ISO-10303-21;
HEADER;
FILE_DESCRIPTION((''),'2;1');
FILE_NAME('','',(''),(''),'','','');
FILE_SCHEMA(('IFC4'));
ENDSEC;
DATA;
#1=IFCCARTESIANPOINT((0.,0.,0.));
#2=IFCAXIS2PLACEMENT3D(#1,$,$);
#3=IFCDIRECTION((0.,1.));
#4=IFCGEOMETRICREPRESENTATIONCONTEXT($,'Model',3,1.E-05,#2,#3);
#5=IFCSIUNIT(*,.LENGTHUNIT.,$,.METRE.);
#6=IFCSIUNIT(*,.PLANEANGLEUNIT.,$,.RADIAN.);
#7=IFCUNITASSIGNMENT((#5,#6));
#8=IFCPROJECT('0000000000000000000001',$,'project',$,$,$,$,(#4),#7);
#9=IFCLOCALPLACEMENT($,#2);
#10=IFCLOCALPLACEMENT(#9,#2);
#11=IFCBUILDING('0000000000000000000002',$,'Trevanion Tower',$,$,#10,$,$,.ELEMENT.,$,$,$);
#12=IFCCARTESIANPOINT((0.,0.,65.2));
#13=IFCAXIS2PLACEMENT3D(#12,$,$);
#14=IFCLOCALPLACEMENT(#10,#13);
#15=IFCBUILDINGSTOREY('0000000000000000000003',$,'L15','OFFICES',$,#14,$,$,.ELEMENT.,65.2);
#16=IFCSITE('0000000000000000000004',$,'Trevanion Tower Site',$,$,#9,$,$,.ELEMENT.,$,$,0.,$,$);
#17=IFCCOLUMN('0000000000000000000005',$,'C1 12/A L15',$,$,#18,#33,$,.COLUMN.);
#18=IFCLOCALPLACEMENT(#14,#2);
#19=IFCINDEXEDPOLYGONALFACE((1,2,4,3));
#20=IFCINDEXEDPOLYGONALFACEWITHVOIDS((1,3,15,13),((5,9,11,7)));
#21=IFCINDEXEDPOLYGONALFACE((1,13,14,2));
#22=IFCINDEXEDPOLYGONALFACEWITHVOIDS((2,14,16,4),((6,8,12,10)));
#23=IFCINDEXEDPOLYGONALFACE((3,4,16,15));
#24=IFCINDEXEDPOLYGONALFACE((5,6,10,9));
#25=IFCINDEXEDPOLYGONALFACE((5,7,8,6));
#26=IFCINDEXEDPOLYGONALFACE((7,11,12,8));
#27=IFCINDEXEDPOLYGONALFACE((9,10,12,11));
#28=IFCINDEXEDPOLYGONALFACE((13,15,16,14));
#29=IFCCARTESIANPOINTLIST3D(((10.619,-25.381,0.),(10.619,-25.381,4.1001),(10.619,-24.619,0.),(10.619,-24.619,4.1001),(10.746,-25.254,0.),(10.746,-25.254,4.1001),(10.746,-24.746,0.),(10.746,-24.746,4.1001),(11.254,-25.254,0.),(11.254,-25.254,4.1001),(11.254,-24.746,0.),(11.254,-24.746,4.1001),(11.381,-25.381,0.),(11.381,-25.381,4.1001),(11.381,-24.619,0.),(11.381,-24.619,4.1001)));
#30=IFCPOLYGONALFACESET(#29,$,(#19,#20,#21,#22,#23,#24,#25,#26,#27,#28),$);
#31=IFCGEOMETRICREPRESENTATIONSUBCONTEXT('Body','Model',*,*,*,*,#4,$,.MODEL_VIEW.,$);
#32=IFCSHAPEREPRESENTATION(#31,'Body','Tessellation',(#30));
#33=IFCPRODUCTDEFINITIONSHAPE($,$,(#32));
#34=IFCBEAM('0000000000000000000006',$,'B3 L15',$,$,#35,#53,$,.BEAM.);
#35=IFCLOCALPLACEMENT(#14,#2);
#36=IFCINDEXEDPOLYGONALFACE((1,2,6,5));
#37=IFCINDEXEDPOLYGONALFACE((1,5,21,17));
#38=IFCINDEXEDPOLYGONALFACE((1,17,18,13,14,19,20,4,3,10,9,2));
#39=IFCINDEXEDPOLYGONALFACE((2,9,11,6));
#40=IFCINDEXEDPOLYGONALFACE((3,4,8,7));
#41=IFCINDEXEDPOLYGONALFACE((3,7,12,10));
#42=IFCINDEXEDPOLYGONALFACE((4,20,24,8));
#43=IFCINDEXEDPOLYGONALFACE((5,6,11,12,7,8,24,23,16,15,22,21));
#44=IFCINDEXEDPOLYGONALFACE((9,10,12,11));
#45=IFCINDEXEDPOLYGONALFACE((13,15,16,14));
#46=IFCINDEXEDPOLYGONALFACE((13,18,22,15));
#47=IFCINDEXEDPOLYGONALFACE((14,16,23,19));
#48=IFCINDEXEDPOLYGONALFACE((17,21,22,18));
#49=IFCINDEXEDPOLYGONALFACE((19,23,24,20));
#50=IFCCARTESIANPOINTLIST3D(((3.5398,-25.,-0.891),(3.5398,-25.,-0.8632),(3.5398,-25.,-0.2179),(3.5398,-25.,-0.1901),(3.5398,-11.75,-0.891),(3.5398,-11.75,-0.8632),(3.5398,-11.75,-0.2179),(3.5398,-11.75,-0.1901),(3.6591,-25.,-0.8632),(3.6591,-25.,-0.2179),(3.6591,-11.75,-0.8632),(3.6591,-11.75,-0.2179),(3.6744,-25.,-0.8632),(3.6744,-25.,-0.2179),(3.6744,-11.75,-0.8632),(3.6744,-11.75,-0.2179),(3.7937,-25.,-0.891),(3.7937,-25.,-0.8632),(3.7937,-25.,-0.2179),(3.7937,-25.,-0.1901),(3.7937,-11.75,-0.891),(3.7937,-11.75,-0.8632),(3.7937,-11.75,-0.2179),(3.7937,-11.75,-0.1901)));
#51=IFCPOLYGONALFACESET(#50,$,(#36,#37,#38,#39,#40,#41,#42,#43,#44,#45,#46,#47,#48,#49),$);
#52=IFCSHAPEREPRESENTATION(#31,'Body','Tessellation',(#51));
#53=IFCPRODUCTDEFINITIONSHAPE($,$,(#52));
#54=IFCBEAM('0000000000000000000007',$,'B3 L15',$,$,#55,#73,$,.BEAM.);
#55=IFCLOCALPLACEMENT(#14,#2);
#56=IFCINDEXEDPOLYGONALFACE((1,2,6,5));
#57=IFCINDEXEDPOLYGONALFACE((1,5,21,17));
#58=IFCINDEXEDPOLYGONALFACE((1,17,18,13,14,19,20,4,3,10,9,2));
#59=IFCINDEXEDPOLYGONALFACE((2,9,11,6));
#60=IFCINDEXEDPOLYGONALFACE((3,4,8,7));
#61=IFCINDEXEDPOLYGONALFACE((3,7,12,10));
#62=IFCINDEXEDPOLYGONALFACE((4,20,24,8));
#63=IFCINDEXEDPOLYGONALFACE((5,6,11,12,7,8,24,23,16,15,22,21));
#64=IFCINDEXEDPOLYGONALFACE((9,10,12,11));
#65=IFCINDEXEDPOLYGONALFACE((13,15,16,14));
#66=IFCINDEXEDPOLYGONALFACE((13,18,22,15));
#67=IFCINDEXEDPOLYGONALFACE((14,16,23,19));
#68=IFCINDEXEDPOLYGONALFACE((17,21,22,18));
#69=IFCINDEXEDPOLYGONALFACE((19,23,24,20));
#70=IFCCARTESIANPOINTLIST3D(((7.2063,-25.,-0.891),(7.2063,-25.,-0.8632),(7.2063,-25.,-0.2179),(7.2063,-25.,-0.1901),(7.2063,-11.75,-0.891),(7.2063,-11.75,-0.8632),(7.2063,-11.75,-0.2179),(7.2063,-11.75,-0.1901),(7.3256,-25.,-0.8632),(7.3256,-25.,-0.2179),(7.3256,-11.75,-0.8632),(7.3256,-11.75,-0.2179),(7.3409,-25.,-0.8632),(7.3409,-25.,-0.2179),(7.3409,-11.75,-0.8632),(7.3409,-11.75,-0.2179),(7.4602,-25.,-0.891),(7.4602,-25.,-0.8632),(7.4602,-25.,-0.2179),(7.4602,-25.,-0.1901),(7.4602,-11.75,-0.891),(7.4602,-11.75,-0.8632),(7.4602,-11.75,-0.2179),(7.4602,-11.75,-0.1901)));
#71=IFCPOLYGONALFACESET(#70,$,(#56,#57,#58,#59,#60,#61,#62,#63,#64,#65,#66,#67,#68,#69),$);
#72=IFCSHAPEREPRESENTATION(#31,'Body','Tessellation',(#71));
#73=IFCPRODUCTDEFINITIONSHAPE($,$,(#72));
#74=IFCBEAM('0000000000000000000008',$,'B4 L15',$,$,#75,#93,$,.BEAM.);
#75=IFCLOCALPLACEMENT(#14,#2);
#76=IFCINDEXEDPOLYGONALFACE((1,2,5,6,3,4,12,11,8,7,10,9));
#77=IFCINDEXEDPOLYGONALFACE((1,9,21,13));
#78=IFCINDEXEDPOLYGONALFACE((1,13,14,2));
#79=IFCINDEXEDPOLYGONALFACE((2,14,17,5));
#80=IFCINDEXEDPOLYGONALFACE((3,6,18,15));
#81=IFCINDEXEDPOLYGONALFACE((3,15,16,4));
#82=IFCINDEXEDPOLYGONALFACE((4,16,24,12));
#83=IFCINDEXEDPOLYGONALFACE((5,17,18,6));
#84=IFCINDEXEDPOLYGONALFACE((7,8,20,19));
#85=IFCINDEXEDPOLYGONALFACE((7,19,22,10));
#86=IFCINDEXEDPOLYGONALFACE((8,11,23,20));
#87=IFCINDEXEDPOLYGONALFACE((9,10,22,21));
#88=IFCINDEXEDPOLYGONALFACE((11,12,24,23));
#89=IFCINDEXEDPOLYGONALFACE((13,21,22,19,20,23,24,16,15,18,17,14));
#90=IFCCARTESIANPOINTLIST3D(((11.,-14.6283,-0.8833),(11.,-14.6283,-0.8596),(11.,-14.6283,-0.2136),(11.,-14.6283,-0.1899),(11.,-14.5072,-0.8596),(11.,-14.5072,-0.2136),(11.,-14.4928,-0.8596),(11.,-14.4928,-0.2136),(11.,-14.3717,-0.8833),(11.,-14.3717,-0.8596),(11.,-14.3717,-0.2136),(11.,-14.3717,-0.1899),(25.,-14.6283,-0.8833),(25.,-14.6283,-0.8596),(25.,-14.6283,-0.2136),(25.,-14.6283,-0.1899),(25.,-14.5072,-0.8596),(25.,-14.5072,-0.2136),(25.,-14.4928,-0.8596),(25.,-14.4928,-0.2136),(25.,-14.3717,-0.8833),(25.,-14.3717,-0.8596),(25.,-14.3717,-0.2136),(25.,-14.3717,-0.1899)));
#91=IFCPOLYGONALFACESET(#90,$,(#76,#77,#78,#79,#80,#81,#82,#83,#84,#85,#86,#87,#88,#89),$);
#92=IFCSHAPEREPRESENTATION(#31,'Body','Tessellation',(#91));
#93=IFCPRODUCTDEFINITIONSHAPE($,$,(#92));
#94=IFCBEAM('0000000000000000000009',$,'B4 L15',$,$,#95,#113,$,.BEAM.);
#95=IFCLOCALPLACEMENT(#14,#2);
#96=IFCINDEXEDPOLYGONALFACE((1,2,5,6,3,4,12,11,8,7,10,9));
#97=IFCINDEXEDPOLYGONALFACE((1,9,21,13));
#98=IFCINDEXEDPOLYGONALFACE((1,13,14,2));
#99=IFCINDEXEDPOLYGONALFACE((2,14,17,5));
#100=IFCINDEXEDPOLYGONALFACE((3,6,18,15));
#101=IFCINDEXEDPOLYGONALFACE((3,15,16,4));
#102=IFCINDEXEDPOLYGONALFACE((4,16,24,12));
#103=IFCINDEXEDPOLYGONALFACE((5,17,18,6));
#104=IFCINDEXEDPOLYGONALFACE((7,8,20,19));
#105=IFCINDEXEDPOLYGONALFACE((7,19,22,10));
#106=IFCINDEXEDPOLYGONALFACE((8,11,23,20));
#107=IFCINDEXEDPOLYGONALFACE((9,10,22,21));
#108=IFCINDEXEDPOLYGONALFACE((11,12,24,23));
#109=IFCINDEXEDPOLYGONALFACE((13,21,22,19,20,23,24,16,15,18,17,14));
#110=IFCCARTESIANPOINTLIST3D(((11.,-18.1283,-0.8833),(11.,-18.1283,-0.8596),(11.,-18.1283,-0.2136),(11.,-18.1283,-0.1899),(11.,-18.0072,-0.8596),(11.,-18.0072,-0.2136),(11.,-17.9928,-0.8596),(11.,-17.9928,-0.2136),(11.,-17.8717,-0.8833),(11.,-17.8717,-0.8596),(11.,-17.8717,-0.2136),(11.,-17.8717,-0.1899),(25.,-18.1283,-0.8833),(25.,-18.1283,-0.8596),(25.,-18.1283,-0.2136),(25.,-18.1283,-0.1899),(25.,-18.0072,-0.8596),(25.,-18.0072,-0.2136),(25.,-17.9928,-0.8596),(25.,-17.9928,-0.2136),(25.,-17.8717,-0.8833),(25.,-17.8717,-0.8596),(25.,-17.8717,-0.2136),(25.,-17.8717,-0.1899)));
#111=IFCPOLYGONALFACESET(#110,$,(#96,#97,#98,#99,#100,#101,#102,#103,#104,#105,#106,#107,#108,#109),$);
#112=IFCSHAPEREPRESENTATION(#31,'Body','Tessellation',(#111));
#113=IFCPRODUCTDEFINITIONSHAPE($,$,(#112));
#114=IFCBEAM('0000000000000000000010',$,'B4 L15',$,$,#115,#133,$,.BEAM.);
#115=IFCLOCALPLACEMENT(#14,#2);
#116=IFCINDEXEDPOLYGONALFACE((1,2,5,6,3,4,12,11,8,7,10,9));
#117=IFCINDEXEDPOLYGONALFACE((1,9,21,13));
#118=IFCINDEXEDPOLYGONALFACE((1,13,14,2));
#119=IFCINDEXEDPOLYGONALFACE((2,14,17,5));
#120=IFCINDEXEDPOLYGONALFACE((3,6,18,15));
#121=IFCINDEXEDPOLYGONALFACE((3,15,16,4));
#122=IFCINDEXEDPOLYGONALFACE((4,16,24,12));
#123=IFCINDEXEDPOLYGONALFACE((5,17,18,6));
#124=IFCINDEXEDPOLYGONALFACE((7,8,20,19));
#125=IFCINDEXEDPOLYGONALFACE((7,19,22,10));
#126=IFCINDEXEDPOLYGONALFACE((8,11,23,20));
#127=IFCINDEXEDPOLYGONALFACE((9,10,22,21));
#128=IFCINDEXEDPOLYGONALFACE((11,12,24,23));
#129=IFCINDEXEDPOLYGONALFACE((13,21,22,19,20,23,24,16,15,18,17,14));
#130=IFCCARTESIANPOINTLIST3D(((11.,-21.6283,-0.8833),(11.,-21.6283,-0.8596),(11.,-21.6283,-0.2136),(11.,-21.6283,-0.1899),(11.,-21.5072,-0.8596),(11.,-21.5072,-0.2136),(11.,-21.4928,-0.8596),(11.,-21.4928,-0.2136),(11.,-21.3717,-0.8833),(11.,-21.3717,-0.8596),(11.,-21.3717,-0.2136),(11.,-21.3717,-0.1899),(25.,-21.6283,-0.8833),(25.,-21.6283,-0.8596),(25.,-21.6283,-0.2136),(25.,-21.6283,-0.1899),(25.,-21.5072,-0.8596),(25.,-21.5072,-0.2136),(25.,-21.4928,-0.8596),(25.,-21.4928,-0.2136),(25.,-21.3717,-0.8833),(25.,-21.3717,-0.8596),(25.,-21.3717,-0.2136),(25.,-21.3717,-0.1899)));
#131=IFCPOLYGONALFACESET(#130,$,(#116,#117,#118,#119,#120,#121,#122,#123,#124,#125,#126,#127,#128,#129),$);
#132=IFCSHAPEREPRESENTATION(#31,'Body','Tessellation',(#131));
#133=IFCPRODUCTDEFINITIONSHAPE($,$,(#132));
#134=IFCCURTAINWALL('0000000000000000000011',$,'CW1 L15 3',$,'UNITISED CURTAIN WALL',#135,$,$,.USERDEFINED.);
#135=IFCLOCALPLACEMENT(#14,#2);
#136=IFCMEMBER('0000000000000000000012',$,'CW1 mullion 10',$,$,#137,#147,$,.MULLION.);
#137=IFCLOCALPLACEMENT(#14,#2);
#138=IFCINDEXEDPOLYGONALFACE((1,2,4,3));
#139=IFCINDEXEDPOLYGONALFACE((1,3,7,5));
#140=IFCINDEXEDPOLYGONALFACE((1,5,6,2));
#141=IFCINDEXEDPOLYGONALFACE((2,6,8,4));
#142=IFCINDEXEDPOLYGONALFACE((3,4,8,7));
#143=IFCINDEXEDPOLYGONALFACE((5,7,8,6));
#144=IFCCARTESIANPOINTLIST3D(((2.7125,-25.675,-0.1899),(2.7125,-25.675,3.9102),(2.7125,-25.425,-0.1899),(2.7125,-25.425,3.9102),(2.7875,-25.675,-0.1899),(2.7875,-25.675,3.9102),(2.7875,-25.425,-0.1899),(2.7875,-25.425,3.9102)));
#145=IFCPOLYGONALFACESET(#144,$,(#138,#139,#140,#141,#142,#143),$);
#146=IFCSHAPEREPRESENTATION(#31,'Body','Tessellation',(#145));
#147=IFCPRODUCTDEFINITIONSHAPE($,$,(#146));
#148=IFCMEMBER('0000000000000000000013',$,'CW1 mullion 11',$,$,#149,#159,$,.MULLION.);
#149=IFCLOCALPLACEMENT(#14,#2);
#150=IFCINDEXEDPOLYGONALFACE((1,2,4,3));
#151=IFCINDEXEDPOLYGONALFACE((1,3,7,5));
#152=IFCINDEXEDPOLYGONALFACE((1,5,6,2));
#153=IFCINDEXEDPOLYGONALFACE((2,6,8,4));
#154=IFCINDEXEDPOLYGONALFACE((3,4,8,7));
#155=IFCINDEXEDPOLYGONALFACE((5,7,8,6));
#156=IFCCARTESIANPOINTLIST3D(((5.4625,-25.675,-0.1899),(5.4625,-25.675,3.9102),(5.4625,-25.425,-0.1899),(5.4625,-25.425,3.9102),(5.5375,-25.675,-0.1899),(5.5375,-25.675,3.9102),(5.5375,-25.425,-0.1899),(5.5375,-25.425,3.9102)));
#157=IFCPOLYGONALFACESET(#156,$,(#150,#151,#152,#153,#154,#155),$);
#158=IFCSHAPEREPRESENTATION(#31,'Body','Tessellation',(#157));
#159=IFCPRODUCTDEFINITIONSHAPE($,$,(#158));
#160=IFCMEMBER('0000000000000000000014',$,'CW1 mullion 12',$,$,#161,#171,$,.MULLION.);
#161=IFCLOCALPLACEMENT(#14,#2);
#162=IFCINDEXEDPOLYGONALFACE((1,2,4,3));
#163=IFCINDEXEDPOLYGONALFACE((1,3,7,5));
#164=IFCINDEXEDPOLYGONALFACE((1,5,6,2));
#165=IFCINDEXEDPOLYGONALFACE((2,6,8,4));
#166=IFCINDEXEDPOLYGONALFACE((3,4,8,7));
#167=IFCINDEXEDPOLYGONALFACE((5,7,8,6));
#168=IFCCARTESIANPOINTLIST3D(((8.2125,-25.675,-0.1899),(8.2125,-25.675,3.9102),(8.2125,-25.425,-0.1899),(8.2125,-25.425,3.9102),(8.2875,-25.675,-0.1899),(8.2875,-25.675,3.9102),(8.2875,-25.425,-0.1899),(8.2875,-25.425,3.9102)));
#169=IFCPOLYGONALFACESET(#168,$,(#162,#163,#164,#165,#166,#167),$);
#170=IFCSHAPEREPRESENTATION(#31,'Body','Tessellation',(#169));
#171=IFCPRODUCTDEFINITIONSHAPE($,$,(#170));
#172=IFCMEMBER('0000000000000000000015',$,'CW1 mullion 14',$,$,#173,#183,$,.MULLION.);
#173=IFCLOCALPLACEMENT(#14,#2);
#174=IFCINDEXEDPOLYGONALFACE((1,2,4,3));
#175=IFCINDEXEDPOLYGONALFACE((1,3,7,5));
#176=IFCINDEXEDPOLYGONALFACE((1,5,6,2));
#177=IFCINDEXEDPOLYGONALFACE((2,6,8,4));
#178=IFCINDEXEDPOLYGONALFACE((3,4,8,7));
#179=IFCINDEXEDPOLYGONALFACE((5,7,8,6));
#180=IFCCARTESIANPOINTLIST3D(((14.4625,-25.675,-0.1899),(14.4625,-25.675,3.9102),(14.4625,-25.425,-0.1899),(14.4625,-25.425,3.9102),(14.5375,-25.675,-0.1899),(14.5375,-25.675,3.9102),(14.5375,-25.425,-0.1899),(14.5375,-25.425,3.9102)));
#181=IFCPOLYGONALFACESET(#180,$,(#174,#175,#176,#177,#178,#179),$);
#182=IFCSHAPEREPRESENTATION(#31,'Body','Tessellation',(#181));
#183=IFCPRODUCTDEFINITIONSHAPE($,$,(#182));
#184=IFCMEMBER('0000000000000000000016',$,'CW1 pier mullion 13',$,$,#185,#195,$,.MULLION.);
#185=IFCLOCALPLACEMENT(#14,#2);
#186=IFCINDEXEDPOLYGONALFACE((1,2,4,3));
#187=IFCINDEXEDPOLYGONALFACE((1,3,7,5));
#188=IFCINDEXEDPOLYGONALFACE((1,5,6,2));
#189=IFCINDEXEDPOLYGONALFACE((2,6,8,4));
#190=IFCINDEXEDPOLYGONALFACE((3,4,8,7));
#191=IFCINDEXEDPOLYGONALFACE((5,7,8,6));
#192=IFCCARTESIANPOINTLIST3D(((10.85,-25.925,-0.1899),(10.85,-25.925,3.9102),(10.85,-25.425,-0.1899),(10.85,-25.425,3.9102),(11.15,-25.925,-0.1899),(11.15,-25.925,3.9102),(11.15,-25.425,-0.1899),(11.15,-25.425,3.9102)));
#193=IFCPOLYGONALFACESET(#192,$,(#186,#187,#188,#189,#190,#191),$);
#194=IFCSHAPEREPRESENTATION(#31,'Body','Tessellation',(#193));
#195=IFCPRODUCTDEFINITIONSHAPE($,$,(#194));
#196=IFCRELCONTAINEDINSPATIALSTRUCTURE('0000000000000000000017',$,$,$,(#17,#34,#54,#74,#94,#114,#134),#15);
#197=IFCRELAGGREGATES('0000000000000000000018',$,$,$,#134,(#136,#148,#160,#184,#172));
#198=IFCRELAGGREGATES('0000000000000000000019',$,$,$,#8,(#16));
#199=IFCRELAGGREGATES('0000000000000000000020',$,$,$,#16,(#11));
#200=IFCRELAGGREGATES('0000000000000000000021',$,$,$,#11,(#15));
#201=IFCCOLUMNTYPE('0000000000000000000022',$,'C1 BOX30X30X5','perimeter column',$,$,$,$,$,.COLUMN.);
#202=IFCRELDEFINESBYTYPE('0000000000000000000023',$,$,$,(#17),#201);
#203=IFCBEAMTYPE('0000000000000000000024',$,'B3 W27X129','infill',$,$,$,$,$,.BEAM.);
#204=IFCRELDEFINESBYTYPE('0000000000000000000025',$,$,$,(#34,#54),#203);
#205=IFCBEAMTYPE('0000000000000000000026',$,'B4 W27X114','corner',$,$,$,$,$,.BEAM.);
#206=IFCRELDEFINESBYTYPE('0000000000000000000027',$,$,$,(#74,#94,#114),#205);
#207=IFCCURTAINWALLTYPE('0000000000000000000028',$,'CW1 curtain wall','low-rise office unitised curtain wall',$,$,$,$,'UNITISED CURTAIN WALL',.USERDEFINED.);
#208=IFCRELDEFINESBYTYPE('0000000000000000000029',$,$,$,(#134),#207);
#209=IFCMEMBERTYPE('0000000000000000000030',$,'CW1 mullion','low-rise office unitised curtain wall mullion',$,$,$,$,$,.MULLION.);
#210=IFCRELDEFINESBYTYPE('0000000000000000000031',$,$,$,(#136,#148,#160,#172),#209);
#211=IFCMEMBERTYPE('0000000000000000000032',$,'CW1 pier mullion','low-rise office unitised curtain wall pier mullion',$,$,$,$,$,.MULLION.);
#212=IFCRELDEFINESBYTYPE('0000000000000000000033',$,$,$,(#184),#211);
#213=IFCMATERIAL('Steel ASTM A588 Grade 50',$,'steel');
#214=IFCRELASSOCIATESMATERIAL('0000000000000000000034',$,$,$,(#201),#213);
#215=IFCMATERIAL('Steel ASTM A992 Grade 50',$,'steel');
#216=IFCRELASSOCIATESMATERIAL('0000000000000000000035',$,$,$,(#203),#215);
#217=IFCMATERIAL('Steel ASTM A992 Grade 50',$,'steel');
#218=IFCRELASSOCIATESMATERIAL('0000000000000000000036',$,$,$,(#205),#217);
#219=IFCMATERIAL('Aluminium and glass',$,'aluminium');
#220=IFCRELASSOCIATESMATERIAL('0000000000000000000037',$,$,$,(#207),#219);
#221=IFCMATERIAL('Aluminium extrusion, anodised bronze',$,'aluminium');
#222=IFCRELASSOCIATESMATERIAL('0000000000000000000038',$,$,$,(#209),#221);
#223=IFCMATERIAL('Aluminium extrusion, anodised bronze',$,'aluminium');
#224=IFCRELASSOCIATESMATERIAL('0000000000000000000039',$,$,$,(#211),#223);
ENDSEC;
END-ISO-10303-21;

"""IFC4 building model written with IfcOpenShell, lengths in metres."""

from ifc_helpers import new_model, si_unit, direction, frame, origin, origin_2d, place, context, subcontext, project, spatial, rectangle, hollow_rectangle, i_section, extrude, material, material_profile, profile_set, type_object, element, aggregate, save


model = new_model("IFC4")

# Units and contexts
model_context = context("Model", 3, precision=1e-05, world=origin(), true_north=direction((0.0, 1.0)))
body_context = subcontext(model_context, "Body", "Model", "MODEL_VIEW")
ifc_project = project(units=[si_unit("LENGTHUNIT", "METRE"), si_unit("PLANEANGLEUNIT", "RADIAN")], contexts=[model_context])

# Site, building, storey
site_placement = place(None, origin())
site = spatial("IfcSite", under=ifc_project, at=site_placement, Name="Trevanion Tower Site", CompositionType="ELEMENT", RefElevation=0.0)
building_placement = place(site_placement, origin())
building = spatial("IfcBuilding", under=site, at=building_placement, Name="Trevanion Tower", CompositionType="ELEMENT")
storey_placement = place(building_placement, frame((0.0, 0.0, 65.2)))
storey = spatial("IfcBuildingStorey", under=building, at=storey_placement, Name="L15", Description="OFFICES", CompositionType="ELEMENT", Elevation=65.2)

# Column
ifc_material_1 = material(Name="Steel ASTM A588 Grade 50", Category="steel")
ifc_material_profile_1 = material_profile(ifc_material_1, hollow_rectangle(XDim=0.762, YDim=0.762, WallThickness=0.127, at=origin_2d()), Name="BOX30X30X5")
ifc_profile_set_1 = profile_set([ifc_material_profile_1], Name="Steel ASTM A588 Grade 50")
column_type = type_object("IfcColumnType", Name="C1 BOX30X30X5", Description="perimeter column", PredefinedType="COLUMN", material=ifc_profile_set_1)
column_placement = place(storey_placement, frame((11.0, -25.0, 0.0), z_axis=(0.0, 0.0, 1.0), x_axis=(1.0, 0.0, 0.0)))
element("IfcColumn", 1, at=column_placement, inside=storey, type_object=column_type, Name="C1 12/A L15", PredefinedType="COLUMN", context=body_context, shape_type="SweptSolid", body=[
    extrude(hollow_rectangle(XDim=0.762, YDim=0.762, WallThickness=0.127, at=origin_2d()), origin(), (0.0, 0.0, 1.0), 4.1001),
])

# Beams
ifc_material_2 = material(Name="Steel ASTM A992 Grade 50", Category="steel")
ifc_material_profile_2 = material_profile(ifc_material_2, i_section(OverallWidth=0.2539, OverallDepth=0.7009, WebThickness=0.0154, FlangeThickness=0.0278, at=origin_2d()), Name="W27X129")
ifc_profile_set_2 = profile_set([ifc_material_profile_2], Name="Steel ASTM A992 Grade 50")
beam_type_1 = type_object("IfcBeamType", Name="B3 W27X129", Description="infill", PredefinedType="BEAM", material=ifc_profile_set_2)
for number, where, z_axis, x_axis, name in (
    (2, (3.6667, -11.75, -0.5405), (0.0, -1.0, 0.0), (1.0, 0.0, 0.0), "B3 L15"),
    (3, (7.3333, -11.75, -0.5405), (0.0, -1.0, 0.0), (1.0, 0.0, 0.0), "B3 L15"),
):
    element("IfcBeam", number, at=place(storey_placement, frame(where, z_axis=z_axis, x_axis=x_axis)), inside=storey, type_object=beam_type_1, Name=name, PredefinedType="BEAM", context=body_context, shape_type="SweptSolid", body=[
        extrude(i_section(OverallWidth=0.2539, OverallDepth=0.7009, WebThickness=0.0154, FlangeThickness=0.0278, at=origin_2d()), origin(), (0.0, 0.0, 1.0), 13.25),
    ])
ifc_material_3 = material(Name="Steel ASTM A992 Grade 50", Category="steel")
ifc_material_profile_3 = material_profile(ifc_material_3, i_section(OverallWidth=0.2566, OverallDepth=0.6934, WebThickness=0.0144, FlangeThickness=0.0237, at=origin_2d()), Name="W27X114")
ifc_profile_set_3 = profile_set([ifc_material_profile_3], Name="Steel ASTM A992 Grade 50")
beam_type_2 = type_object("IfcBeamType", Name="B4 W27X114", Description="corner", PredefinedType="BEAM", material=ifc_profile_set_3)
for number, where, z_axis, x_axis, name in (
    (4, (11.0, -14.5, -0.5366), (1.0, 0.0, 0.0), (0.0, 1.0, 0.0), "B4 L15"),
    (5, (11.0, -18.0, -0.5366), (1.0, 0.0, 0.0), (0.0, 1.0, 0.0), "B4 L15"),
    (6, (11.0, -21.5, -0.5366), (1.0, 0.0, 0.0), (0.0, 1.0, 0.0), "B4 L15"),
):
    element("IfcBeam", number, at=place(storey_placement, frame(where, z_axis=z_axis, x_axis=x_axis)), inside=storey, type_object=beam_type_2, Name=name, PredefinedType="BEAM", context=body_context, shape_type="SweptSolid", body=[
        extrude(i_section(OverallWidth=0.2566, OverallDepth=0.6934, WebThickness=0.0144, FlangeThickness=0.0237, at=origin_2d()), origin(), (0.0, 0.0, 1.0), 14.0),
    ])

# Curtain wall, members
ifc_material_4 = material(Name="Aluminium and glass", Category="aluminium")
curtain_wall_type = type_object("IfcCurtainWallType", Name="CW1 curtain wall", Description="low-rise office unitised curtain wall", ElementType="UNITISED CURTAIN WALL", PredefinedType="USERDEFINED", material=ifc_material_4)
curtain_wall_placement = place(storey_placement, origin())
curtain_wall = element("IfcCurtainWall", 7, at=curtain_wall_placement, inside=storey, type_object=curtain_wall_type, Name="CW1 L15 3", ObjectType="UNITISED CURTAIN WALL", PredefinedType="USERDEFINED")
ifc_material_5 = material(Name="Aluminium extrusion, anodised bronze", Category="aluminium")
ifc_material_profile_4 = material_profile(ifc_material_5, rectangle(XDim=0.075, YDim=0.25, at=origin_2d()), Name="CW1 mullion")
ifc_profile_set_4 = profile_set([ifc_material_profile_4], Name="Aluminium extrusion, anodised bronze")
member_type_1 = type_object("IfcMemberType", Name="CW1 mullion", Description="low-rise office unitised curtain wall mullion", PredefinedType="MULLION", material=ifc_profile_set_4)
member_1_placement = place(storey_placement, frame((2.75, -25.55, -0.1899), z_axis=(0.0, 0.0, 1.0), x_axis=(1.0, 0.0, 0.0)))
member_1 = element("IfcMember", 8, at=member_1_placement, type_object=member_type_1, Name="CW1 mullion 10", PredefinedType="MULLION", context=body_context, shape_type="SweptSolid", body=[
    extrude(rectangle(XDim=0.075, YDim=0.25, at=origin_2d()), origin(), (0.0, 0.0, 1.0), 4.1001),
])
member_2_placement = place(storey_placement, frame((5.5, -25.55, -0.1899), z_axis=(0.0, 0.0, 1.0), x_axis=(1.0, 0.0, 0.0)))
member_2 = element("IfcMember", 9, at=member_2_placement, type_object=member_type_1, Name="CW1 mullion 11", PredefinedType="MULLION", context=body_context, shape_type="SweptSolid", body=[
    extrude(rectangle(XDim=0.075, YDim=0.25, at=origin_2d()), origin(), (0.0, 0.0, 1.0), 4.1001),
])
member_3_placement = place(storey_placement, frame((8.25, -25.55, -0.1899), z_axis=(0.0, 0.0, 1.0), x_axis=(1.0, 0.0, 0.0)))
member_3 = element("IfcMember", 10, at=member_3_placement, type_object=member_type_1, Name="CW1 mullion 12", PredefinedType="MULLION", context=body_context, shape_type="SweptSolid", body=[
    extrude(rectangle(XDim=0.075, YDim=0.25, at=origin_2d()), origin(), (0.0, 0.0, 1.0), 4.1001),
])
member_4_placement = place(storey_placement, frame((14.5, -25.55, -0.1899), z_axis=(0.0, 0.0, 1.0), x_axis=(1.0, 0.0, 0.0)))
member_4 = element("IfcMember", 11, at=member_4_placement, type_object=member_type_1, Name="CW1 mullion 14", PredefinedType="MULLION", context=body_context, shape_type="SweptSolid", body=[
    extrude(rectangle(XDim=0.075, YDim=0.25, at=origin_2d()), origin(), (0.0, 0.0, 1.0), 4.1001),
])
ifc_material_6 = material(Name="Aluminium extrusion, anodised bronze", Category="aluminium")
ifc_material_profile_5 = material_profile(ifc_material_6, rectangle(XDim=0.3, YDim=0.5, at=origin_2d()), Name="CW1 pier mullion")
ifc_profile_set_5 = profile_set([ifc_material_profile_5], Name="Aluminium extrusion, anodised bronze")
member_type_2 = type_object("IfcMemberType", Name="CW1 pier mullion", Description="low-rise office unitised curtain wall pier mullion", PredefinedType="MULLION", material=ifc_profile_set_5)
member_5_placement = place(storey_placement, frame((11.0, -25.675, -0.1899), z_axis=(0.0, 0.0, 1.0), x_axis=(1.0, 0.0, 0.0)))
member_5 = element("IfcMember", 12, at=member_5_placement, type_object=member_type_2, Name="CW1 pier mullion 13", PredefinedType="MULLION", context=body_context, shape_type="SweptSolid", body=[
    extrude(rectangle(XDim=0.3, YDim=0.5, at=origin_2d()), origin(), (0.0, 0.0, 1.0), 4.1001),
])

aggregate(curtain_wall, [member_1, member_2, member_3, member_5, member_4])

save(model, "model.ifc")
